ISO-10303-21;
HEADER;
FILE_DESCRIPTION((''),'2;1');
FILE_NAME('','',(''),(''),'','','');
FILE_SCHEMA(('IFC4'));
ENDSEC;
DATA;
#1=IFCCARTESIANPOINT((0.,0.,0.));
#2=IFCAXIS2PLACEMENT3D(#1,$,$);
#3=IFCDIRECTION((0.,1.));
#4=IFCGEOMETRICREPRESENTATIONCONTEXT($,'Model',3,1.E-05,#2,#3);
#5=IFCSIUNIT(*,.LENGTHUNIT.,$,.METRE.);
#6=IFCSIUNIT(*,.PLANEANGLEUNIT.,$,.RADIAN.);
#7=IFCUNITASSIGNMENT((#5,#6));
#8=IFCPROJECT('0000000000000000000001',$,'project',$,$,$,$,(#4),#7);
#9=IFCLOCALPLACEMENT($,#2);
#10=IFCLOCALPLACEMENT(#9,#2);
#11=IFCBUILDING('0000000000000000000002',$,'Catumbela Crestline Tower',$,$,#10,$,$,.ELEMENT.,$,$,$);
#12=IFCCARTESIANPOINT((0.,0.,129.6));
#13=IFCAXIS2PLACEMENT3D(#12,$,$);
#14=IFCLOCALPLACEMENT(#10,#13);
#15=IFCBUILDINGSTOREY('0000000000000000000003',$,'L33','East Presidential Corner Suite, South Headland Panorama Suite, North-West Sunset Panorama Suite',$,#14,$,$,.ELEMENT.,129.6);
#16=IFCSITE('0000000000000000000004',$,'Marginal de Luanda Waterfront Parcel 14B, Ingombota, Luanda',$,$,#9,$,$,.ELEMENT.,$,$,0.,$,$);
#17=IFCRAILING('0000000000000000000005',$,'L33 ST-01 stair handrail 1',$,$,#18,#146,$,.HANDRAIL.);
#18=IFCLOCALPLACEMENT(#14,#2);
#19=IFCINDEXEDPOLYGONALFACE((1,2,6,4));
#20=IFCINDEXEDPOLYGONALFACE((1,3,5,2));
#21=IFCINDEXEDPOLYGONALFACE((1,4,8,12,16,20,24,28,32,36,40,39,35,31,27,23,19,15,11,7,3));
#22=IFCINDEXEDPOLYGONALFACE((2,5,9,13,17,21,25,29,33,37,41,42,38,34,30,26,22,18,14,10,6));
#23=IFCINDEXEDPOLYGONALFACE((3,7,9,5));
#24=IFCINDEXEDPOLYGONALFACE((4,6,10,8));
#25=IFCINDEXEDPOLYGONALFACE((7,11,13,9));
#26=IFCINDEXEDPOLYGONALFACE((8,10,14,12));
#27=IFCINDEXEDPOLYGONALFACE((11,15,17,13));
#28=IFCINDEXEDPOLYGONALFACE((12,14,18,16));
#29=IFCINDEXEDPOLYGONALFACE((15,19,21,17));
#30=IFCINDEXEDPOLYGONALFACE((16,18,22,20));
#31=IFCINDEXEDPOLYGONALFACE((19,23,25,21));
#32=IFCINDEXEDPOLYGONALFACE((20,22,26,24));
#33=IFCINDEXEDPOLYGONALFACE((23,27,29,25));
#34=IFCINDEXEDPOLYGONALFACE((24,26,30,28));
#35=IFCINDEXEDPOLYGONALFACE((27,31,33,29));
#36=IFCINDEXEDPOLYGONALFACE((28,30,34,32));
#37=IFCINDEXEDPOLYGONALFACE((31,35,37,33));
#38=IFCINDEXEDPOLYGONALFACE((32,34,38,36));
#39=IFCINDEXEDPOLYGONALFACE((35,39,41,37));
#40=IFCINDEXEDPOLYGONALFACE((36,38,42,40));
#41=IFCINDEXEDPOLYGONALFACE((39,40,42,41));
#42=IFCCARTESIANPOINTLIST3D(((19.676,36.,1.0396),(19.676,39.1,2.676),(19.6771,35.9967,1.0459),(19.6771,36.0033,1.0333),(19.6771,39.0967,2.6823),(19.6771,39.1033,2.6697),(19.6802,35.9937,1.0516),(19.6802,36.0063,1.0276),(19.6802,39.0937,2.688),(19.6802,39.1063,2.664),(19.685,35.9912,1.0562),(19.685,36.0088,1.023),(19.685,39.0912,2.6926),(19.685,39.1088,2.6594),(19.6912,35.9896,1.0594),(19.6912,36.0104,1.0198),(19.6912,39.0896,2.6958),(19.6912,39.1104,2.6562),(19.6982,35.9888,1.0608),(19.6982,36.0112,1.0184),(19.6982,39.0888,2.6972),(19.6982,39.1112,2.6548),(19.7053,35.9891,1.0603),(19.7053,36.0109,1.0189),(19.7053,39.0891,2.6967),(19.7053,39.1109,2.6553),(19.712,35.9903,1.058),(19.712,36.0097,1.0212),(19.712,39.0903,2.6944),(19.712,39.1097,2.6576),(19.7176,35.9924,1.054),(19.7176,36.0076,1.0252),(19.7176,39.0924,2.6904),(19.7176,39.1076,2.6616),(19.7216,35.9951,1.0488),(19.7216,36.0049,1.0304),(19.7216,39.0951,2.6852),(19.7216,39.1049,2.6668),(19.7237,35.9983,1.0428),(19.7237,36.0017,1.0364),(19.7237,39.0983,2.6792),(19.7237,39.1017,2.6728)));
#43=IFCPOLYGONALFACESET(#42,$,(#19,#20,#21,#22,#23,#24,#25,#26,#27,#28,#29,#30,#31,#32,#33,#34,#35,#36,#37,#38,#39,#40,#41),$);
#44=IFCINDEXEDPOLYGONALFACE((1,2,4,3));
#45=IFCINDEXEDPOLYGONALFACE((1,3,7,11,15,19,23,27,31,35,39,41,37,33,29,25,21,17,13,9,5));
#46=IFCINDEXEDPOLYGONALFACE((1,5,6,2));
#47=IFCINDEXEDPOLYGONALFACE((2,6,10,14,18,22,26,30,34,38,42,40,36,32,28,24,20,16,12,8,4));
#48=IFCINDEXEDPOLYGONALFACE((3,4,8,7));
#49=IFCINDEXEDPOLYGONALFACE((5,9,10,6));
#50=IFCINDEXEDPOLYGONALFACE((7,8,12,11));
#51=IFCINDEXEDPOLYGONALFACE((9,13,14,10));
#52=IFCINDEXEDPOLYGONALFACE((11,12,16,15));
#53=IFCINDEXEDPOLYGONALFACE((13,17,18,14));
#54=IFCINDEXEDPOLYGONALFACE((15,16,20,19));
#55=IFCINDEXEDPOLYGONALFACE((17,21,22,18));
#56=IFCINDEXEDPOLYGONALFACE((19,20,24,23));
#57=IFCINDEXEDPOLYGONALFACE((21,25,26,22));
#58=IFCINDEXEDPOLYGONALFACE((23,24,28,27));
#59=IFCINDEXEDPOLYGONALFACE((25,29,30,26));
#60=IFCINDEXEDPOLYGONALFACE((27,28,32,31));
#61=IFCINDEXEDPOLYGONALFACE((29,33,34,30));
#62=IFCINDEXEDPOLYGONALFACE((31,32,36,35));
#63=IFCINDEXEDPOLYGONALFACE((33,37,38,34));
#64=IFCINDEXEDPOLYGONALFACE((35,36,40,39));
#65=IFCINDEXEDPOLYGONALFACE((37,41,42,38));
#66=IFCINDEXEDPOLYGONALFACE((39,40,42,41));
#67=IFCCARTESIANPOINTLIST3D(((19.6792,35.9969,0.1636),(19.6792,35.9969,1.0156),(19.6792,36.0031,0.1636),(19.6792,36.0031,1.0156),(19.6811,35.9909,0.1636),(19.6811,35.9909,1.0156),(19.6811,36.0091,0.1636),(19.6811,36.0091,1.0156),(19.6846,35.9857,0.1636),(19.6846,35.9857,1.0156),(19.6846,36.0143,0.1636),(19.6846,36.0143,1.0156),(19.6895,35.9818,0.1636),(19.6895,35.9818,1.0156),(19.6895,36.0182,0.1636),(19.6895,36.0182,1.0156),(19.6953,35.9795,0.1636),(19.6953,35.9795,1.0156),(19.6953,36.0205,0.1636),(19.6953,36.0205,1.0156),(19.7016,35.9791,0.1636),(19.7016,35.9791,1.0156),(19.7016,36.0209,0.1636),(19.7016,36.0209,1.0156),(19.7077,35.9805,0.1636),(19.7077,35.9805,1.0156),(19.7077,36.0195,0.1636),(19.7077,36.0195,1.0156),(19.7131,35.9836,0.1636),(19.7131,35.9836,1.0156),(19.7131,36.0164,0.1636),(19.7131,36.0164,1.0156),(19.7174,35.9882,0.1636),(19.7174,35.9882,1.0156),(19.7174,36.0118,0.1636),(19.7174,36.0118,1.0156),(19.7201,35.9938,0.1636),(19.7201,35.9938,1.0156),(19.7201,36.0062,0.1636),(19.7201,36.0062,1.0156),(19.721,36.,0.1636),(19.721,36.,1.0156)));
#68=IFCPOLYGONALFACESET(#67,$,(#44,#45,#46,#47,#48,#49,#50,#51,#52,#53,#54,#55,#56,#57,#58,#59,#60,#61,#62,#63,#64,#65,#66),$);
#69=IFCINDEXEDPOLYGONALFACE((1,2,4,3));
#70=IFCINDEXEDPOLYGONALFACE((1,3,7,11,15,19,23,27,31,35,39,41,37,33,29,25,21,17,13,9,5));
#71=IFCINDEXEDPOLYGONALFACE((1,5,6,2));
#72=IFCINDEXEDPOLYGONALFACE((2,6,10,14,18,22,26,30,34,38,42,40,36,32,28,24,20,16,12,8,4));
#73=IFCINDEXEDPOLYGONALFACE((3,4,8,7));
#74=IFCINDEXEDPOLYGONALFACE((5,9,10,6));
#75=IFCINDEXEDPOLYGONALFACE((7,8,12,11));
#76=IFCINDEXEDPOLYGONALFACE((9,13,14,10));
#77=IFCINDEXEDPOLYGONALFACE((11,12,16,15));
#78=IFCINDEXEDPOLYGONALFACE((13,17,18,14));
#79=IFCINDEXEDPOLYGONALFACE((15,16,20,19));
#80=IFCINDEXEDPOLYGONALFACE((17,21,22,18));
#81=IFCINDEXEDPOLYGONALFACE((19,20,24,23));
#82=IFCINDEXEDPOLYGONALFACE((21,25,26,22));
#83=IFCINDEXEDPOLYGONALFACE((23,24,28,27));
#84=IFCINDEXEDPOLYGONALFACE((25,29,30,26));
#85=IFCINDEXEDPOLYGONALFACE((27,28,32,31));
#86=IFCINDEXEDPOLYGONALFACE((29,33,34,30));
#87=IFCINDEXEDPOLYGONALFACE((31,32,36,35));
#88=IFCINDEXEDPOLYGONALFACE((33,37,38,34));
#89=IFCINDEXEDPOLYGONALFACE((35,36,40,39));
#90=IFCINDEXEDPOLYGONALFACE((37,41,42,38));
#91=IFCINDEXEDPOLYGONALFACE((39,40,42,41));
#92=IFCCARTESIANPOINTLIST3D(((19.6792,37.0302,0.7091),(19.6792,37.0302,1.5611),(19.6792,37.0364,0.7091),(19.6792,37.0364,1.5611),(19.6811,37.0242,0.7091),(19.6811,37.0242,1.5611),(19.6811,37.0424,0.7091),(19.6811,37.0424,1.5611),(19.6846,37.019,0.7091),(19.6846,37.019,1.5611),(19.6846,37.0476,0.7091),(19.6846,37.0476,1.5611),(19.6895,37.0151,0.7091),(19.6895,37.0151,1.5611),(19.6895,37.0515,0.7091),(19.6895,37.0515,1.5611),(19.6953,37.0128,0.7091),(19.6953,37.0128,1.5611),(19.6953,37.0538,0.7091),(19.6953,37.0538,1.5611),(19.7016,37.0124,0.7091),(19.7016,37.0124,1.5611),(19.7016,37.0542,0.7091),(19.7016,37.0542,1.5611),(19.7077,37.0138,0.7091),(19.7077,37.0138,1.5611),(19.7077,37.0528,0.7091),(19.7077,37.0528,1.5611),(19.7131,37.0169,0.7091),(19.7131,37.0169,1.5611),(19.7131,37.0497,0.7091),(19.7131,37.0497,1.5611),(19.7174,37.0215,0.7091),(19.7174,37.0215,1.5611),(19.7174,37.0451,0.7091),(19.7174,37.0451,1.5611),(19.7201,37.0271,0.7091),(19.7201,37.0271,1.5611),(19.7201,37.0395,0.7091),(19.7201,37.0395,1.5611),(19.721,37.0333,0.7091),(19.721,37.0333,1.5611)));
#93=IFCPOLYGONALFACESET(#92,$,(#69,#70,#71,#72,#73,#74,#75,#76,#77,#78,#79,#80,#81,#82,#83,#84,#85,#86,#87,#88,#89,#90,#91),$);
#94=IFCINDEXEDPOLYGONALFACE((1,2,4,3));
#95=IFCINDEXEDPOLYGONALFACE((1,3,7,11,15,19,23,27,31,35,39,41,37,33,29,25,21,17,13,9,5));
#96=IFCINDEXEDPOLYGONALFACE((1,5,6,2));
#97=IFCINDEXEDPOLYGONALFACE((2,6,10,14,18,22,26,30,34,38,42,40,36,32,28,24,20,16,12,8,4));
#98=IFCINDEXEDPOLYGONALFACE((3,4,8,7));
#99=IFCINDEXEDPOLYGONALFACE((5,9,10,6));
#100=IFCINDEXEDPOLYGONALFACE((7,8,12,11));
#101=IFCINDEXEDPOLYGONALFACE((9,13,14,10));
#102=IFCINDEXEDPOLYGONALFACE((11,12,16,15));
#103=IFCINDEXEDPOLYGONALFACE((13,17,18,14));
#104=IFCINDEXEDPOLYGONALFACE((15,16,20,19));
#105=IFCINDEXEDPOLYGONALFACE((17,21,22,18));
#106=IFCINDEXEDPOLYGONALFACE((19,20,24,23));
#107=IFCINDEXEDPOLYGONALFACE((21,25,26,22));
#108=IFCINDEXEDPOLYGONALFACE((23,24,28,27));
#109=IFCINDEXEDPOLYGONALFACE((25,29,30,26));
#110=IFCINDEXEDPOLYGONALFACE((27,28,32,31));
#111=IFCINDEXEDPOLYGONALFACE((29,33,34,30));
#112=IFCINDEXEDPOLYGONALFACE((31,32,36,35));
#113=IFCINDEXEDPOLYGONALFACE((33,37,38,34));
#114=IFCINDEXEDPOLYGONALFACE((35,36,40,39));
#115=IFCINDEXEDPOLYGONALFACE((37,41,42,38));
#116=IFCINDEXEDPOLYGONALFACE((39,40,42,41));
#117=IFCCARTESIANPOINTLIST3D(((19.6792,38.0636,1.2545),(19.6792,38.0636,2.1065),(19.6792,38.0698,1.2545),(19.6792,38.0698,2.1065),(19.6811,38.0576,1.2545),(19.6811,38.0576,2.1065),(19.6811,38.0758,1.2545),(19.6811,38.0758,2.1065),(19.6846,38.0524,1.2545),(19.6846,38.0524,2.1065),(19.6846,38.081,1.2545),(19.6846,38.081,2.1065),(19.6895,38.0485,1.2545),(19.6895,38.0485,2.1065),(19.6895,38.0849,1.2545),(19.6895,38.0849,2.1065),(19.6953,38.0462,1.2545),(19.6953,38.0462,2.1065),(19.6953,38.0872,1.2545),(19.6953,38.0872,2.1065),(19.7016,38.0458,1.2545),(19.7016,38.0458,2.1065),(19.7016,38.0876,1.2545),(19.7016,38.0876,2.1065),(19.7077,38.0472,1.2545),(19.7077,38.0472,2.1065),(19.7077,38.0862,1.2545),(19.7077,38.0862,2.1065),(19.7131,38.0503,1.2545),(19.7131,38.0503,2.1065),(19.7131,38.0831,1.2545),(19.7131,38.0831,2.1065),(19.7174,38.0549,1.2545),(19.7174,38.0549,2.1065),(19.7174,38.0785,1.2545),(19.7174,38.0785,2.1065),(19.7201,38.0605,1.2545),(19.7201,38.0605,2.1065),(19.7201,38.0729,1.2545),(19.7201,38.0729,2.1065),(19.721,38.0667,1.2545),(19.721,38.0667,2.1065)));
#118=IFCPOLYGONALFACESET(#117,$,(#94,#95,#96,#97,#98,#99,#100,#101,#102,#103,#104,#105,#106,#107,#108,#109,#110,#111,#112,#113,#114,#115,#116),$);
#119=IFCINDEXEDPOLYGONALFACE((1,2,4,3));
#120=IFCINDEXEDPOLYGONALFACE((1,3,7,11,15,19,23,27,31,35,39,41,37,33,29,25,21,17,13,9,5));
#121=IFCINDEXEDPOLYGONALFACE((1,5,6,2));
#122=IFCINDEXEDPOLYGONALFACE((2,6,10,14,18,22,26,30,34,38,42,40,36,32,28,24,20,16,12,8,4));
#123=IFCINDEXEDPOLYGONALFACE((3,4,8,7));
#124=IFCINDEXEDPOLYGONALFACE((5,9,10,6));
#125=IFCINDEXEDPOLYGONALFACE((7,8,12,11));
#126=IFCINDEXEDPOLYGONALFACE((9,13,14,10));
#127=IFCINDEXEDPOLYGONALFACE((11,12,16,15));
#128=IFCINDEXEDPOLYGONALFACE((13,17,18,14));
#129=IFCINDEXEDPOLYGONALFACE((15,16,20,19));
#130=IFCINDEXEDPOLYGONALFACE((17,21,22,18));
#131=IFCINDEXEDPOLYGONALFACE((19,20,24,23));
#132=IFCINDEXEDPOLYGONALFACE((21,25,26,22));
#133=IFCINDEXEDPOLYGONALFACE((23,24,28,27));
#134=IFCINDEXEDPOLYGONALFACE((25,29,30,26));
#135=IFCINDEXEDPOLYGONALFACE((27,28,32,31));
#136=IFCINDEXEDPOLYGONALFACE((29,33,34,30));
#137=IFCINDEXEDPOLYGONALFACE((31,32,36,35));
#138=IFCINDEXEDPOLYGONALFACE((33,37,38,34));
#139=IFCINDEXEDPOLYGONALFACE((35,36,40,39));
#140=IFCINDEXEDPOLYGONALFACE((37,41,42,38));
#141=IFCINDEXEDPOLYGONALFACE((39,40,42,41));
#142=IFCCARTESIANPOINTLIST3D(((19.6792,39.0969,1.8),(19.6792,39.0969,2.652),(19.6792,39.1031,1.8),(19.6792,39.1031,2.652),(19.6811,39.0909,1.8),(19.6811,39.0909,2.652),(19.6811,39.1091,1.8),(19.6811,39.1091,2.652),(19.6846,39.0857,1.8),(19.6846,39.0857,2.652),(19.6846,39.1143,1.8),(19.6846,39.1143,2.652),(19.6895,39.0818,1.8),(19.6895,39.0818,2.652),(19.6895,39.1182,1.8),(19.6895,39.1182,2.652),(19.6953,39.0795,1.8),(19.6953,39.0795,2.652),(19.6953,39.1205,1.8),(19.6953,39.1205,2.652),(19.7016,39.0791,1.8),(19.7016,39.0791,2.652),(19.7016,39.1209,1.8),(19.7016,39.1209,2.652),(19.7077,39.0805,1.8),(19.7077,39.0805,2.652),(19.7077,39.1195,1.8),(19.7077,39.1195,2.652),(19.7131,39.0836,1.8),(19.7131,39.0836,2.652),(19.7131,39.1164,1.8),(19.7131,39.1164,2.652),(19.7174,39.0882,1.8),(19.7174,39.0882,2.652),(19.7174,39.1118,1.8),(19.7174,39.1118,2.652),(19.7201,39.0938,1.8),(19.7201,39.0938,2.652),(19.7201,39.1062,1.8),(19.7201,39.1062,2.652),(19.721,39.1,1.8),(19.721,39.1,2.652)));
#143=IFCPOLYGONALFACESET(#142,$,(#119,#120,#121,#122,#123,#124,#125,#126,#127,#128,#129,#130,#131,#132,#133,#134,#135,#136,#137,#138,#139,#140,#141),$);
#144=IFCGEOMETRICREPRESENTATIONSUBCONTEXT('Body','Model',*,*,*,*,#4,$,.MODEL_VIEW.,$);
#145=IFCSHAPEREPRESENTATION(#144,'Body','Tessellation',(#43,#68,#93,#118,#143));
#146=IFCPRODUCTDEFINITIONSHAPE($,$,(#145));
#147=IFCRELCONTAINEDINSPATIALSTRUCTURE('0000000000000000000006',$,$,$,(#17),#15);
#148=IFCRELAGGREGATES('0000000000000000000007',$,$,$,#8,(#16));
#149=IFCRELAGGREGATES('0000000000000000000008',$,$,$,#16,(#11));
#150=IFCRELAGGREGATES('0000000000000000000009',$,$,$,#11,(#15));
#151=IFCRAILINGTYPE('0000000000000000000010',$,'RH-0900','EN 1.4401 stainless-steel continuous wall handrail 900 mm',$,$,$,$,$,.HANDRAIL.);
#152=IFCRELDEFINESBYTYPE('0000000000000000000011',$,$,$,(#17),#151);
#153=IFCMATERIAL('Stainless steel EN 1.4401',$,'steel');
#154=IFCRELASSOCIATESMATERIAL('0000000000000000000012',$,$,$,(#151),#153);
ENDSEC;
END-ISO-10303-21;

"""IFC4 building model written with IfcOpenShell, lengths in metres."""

from ifc_helpers import new_model, si_unit, direction, frame, origin, origin_2d, place, context, subcontext, project, spatial, circle, extrude, material, type_object, element, save


model = new_model("IFC4")

# Units and contexts
model_context = context("Model", 3, precision=1e-05, world=origin(), true_north=direction((0.0, 1.0)))
body_context = subcontext(model_context, "Body", "Model", "MODEL_VIEW")
ifc_project = project(units=[si_unit("LENGTHUNIT", "METRE"), si_unit("PLANEANGLEUNIT", "RADIAN")], contexts=[model_context])

# Site, building, storey
site_placement = place(None, origin())
site = spatial("IfcSite", under=ifc_project, at=site_placement, Name="Marginal de Luanda Waterfront Parcel 14B, Ingombota, Luanda", CompositionType="ELEMENT", RefElevation=0.0)
building_placement = place(site_placement, origin())
building = spatial("IfcBuilding", under=site, at=building_placement, Name="Catumbela Crestline Tower", CompositionType="ELEMENT")
storey_placement = place(building_placement, frame((0.0, 0.0, 129.6)))
storey = spatial("IfcBuildingStorey", under=building, at=storey_placement, Name="L33", Description="East Presidential Corner Suite, South Headland Panorama Suite, North-West Sunset Panorama Suite", CompositionType="ELEMENT", Elevation=129.6)

# Shared definitions
ifc_material_1 = material(Name="Stainless steel EN 1.4401", Category="steel")

# Railing
railing_type_1 = type_object("IfcRailingType", Name="RH-0900", Description="EN 1.4401 stainless-steel continuous wall handrail 900 mm", PredefinedType="HANDRAIL", material=ifc_material_1)
railing_1_placement = place(storey_placement, frame((19.7, 36.0, 0.1636)))
element("IfcRailing", 1, at=railing_1_placement, inside=storey, type_object=railing_type_1, Name="L33 ST-01 stair handrail 1", PredefinedType="HANDRAIL", context=body_context, shape_type="SweptSolid", body=[
    extrude(circle(Radius=0.024, at=origin_2d()), frame((0.0, 0.0, 0.876), z_axis=(0.0, 0.884351, 0.466823), x_axis=(-1.0, 0.0, 0.0)), (0.0, 0.0, 1.0), 3.5054),
    extrude(circle(Radius=0.021, at=origin_2d()), origin(), (0.0, 0.0, 1.0), 0.852),
    extrude(circle(Radius=0.021, at=origin_2d()), frame((0.0, 1.0333, 0.5455)), (0.0, 0.0, 1.0), 0.852),
    extrude(circle(Radius=0.021, at=origin_2d()), frame((0.0, 2.0667, 1.0909)), (0.0, 0.0, 1.0), 0.852),
    extrude(circle(Radius=0.021, at=origin_2d()), frame((0.0, 3.1, 1.6364)), (0.0, 0.0, 1.0), 0.852),
])

save(model, "model.ifc")
